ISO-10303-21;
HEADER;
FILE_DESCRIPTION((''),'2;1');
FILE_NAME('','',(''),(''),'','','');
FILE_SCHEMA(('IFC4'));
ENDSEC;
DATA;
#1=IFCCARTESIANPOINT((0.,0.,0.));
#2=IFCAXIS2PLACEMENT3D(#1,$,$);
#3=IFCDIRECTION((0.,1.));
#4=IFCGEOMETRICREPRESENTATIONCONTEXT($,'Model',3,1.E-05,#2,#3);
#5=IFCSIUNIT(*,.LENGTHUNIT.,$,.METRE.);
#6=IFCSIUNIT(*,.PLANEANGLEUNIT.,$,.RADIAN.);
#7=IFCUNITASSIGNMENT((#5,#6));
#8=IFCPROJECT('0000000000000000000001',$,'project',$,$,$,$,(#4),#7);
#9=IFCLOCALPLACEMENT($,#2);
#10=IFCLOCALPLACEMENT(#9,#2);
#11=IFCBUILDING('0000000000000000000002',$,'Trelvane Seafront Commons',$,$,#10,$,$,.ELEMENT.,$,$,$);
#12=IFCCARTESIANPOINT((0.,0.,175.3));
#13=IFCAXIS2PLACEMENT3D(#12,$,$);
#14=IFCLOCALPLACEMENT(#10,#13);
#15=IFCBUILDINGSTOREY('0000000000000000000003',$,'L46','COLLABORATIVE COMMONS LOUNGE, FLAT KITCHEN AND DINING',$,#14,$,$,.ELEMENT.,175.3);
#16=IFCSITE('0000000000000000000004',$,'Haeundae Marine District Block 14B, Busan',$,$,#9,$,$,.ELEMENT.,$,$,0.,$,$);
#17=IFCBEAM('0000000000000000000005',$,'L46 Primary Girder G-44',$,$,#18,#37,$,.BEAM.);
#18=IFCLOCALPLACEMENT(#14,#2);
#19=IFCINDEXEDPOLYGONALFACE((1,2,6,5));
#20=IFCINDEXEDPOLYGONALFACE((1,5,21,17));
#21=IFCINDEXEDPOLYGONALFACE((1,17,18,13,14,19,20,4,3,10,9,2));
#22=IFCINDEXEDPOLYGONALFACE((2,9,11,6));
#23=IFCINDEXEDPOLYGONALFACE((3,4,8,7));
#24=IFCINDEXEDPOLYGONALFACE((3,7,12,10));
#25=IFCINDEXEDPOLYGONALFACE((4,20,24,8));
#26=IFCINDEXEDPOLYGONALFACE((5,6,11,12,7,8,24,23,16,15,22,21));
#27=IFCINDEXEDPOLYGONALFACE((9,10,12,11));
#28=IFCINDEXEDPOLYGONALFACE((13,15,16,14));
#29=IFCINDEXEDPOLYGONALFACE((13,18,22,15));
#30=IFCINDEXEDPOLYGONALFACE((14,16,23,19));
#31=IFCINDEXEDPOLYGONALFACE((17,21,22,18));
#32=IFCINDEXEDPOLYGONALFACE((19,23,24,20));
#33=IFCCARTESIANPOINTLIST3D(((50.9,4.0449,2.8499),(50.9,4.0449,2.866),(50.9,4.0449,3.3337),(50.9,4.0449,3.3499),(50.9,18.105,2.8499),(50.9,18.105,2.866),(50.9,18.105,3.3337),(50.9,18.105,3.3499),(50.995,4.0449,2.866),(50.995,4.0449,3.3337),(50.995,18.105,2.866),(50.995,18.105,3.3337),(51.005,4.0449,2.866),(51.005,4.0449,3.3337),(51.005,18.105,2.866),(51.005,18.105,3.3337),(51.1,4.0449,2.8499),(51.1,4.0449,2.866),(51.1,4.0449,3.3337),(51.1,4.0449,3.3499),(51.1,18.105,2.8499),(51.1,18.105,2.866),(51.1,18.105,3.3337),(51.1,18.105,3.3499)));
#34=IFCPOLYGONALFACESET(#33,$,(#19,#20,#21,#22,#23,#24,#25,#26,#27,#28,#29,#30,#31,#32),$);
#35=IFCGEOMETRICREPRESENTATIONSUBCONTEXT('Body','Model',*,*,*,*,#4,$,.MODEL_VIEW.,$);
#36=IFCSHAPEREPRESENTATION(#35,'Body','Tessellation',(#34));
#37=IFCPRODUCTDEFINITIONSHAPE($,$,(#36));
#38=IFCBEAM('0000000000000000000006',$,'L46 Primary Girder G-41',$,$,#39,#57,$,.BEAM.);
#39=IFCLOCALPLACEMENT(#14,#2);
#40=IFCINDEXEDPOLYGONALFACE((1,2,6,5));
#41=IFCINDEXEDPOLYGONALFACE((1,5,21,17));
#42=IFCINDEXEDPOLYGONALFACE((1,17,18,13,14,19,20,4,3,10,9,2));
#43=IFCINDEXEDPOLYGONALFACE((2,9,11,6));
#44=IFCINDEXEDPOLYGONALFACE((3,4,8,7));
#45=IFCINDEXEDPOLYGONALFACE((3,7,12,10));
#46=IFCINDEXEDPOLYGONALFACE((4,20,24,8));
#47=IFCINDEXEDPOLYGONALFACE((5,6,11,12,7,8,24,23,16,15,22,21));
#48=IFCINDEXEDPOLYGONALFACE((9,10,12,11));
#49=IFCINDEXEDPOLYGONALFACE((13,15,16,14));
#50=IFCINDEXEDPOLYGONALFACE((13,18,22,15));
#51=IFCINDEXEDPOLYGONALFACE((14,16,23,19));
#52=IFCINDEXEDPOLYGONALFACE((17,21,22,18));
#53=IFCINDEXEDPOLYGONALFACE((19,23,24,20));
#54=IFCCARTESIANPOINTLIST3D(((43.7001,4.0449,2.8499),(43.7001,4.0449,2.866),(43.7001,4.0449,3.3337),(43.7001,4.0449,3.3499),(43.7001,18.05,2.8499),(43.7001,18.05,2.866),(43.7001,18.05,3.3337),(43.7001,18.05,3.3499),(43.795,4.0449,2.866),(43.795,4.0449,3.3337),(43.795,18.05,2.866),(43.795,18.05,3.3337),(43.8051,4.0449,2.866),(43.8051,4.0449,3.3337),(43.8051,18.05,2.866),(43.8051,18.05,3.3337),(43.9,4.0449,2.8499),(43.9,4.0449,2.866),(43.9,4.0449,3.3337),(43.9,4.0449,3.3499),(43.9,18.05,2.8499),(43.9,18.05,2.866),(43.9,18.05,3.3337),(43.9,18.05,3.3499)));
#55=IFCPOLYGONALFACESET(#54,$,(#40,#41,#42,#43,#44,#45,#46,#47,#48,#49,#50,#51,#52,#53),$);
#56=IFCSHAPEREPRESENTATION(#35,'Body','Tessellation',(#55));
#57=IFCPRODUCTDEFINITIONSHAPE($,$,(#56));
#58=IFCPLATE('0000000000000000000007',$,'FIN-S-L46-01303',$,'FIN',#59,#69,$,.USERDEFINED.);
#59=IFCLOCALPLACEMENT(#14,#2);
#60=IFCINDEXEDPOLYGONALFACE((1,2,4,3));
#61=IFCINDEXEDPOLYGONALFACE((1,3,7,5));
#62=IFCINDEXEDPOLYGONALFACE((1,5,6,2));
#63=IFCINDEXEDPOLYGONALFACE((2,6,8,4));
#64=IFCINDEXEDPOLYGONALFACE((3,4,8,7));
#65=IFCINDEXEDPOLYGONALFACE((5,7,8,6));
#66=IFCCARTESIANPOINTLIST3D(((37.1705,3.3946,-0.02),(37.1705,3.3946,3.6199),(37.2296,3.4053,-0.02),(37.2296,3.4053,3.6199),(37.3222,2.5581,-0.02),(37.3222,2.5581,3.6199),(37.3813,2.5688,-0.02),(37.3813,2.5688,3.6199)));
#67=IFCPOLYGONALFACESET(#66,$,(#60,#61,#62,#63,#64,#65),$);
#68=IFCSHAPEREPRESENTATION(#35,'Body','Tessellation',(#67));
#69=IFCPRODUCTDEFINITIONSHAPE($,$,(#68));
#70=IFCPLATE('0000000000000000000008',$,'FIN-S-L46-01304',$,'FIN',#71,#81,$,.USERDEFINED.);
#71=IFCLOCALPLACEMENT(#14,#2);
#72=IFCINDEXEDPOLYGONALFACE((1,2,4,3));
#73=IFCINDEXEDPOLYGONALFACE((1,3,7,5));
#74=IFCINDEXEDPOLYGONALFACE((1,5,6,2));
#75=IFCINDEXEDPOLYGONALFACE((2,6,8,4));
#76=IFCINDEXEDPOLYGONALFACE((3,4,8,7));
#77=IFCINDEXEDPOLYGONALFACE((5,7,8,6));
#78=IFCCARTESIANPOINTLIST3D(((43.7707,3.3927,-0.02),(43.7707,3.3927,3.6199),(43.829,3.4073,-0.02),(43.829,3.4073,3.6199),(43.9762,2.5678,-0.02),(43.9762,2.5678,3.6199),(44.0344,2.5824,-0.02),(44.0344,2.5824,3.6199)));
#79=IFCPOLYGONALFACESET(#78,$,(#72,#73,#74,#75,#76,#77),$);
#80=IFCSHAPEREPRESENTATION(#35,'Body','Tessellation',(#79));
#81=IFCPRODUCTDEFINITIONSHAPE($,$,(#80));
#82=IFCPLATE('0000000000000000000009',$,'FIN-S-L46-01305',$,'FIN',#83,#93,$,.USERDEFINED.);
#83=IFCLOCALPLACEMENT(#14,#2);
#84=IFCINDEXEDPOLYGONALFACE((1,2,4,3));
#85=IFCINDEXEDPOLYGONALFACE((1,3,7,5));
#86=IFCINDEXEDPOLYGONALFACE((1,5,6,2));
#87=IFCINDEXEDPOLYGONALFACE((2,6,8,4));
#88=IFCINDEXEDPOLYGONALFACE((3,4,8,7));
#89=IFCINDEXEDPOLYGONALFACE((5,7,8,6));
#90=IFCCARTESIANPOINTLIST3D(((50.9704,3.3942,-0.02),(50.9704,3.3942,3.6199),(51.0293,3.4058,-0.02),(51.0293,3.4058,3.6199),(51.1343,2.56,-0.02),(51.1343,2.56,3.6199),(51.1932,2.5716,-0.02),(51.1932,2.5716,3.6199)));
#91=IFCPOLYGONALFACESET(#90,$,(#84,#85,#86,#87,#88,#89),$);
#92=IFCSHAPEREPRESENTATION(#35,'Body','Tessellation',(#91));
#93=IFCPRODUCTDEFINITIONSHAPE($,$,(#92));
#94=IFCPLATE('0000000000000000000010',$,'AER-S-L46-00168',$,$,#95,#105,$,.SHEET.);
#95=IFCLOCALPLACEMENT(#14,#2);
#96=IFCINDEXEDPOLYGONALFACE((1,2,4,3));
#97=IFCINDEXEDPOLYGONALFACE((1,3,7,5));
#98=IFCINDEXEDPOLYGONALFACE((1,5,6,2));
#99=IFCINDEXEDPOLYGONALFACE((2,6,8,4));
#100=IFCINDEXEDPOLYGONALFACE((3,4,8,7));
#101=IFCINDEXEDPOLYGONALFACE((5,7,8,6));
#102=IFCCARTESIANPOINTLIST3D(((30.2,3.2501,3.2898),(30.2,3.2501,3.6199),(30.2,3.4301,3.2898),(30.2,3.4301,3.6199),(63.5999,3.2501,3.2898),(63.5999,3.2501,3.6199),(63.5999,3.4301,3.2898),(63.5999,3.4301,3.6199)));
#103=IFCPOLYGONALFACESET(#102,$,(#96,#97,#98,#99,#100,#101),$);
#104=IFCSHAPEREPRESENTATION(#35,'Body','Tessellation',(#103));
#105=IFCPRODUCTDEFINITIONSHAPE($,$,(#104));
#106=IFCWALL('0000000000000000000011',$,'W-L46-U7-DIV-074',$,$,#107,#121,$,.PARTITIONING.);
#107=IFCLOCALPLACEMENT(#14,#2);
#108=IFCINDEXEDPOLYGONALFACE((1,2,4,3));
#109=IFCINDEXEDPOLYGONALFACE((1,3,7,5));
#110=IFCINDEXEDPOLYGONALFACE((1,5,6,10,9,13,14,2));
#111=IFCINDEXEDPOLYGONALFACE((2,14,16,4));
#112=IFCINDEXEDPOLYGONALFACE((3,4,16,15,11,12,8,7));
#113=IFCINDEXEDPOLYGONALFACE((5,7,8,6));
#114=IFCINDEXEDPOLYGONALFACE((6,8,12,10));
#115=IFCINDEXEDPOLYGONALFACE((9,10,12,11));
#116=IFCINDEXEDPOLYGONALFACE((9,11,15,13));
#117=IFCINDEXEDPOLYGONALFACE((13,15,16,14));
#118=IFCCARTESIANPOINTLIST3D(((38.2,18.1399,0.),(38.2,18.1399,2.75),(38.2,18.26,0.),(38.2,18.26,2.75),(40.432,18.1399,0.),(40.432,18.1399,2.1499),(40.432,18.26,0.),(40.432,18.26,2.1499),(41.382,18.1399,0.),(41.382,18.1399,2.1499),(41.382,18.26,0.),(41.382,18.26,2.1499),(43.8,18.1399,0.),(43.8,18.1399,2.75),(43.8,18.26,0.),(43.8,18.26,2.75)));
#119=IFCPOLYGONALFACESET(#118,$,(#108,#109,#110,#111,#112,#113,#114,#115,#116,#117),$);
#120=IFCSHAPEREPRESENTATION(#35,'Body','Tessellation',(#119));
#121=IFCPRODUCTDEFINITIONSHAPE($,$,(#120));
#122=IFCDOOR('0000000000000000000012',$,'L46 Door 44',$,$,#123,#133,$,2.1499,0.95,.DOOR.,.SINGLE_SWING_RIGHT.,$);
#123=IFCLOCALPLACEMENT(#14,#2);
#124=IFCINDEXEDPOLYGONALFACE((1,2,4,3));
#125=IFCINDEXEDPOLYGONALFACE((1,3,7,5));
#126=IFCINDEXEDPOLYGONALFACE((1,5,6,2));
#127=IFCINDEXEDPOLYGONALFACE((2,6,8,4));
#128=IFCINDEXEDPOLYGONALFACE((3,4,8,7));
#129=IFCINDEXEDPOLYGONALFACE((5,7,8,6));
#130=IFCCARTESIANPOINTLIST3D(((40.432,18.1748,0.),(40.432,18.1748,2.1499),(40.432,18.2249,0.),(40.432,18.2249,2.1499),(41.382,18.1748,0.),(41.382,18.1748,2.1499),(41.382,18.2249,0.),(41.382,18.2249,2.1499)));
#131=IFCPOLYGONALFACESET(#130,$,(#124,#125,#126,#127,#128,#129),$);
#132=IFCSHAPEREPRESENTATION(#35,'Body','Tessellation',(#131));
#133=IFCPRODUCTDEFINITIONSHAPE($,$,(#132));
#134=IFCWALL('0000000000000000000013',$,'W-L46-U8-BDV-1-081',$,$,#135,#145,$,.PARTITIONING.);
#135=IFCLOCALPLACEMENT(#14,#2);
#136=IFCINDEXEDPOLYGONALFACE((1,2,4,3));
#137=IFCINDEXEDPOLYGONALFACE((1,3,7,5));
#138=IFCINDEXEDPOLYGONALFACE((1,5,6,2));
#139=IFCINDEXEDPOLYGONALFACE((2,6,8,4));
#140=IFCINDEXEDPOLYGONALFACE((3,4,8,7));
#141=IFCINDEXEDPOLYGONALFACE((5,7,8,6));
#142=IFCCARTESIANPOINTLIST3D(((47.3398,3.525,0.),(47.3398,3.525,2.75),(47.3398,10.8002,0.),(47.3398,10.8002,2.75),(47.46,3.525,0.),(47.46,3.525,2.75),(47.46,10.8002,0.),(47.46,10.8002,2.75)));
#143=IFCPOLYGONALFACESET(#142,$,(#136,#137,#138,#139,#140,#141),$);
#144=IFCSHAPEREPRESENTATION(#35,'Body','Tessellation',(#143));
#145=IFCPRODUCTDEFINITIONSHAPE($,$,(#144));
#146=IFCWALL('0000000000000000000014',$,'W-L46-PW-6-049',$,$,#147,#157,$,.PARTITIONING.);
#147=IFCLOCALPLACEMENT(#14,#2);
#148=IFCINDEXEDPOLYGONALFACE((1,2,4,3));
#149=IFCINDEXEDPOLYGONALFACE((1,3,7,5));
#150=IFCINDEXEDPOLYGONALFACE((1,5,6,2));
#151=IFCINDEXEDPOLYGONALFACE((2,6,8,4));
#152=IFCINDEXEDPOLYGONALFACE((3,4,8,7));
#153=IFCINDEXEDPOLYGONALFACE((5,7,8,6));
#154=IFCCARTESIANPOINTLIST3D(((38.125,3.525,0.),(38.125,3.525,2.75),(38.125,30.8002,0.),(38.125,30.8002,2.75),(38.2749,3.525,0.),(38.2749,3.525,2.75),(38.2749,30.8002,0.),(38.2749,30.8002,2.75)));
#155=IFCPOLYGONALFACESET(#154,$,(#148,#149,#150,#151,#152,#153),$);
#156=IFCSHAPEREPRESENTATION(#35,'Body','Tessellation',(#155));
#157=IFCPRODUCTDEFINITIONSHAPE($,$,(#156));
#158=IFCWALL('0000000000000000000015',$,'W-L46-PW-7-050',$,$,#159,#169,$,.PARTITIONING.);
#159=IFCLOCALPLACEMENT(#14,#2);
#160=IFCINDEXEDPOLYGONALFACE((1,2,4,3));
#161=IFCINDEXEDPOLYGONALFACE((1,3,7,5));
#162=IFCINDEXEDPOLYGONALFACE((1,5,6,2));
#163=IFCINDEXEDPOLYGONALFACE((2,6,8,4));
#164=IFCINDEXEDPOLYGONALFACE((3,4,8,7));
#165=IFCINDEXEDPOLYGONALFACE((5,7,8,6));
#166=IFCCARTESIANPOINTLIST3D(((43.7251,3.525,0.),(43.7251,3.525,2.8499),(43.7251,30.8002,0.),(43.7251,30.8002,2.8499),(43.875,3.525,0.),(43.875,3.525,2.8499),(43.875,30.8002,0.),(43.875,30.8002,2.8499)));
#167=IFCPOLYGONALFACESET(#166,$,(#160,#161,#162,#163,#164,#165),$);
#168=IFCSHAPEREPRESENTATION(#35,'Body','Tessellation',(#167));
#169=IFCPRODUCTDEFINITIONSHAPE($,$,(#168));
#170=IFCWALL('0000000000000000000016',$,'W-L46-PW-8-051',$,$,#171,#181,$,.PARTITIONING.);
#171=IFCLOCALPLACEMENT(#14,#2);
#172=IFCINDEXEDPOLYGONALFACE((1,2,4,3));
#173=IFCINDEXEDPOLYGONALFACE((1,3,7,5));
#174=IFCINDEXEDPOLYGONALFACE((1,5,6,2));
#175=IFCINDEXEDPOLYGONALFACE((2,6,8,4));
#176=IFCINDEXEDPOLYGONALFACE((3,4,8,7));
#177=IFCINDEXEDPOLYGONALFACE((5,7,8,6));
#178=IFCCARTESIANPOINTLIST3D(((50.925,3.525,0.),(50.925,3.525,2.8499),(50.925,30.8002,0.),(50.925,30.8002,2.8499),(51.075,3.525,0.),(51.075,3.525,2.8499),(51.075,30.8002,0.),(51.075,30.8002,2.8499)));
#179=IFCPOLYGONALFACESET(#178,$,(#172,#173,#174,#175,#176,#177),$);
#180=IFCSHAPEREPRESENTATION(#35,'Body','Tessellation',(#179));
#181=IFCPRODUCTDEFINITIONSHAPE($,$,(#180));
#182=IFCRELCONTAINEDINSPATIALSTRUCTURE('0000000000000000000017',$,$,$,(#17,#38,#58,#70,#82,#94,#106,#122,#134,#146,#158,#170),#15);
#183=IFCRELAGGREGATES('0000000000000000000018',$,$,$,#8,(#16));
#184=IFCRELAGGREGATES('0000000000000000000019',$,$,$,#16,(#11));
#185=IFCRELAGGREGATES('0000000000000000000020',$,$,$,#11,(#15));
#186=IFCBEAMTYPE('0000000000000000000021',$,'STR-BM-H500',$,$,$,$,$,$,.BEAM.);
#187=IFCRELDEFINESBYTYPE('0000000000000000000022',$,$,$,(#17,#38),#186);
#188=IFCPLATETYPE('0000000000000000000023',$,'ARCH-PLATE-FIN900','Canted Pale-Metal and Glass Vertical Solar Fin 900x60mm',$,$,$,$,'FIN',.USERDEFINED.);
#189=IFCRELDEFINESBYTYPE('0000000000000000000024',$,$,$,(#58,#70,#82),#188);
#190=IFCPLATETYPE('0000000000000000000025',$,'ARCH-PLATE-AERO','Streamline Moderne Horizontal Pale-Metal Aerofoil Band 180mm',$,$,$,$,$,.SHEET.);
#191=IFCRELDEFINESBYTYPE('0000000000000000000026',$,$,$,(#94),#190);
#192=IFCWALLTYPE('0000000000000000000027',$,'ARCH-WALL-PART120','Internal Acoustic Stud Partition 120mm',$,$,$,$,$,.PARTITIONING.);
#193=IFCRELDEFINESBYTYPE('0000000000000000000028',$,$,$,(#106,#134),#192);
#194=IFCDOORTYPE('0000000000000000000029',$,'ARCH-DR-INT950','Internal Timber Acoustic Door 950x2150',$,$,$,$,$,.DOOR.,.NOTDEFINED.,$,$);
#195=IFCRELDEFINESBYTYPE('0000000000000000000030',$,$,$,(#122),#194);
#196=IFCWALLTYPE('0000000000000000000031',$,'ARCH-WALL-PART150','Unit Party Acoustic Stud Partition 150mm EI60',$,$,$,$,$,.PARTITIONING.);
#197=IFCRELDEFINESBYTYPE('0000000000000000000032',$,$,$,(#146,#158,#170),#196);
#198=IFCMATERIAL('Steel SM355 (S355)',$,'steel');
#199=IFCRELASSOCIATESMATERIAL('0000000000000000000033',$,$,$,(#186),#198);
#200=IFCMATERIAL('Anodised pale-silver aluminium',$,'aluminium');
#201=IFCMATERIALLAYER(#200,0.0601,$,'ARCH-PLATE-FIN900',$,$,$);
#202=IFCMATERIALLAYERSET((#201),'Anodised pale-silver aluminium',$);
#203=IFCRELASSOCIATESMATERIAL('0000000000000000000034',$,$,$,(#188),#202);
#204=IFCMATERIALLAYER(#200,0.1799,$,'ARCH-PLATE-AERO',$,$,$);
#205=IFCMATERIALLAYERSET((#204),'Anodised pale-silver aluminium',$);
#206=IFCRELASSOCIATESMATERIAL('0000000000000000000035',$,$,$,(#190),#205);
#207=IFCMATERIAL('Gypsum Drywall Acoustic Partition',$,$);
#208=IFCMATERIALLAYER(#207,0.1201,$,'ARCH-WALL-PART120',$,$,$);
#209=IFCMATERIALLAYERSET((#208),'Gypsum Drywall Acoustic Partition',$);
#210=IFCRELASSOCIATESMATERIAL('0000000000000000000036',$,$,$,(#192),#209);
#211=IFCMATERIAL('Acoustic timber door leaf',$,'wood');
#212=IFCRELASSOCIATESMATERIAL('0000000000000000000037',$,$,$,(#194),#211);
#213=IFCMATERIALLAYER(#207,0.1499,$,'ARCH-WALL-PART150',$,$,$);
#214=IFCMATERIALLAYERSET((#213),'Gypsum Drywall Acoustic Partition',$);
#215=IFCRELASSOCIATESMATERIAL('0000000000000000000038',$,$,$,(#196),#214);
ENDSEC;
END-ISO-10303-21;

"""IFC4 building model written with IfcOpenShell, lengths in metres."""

from ifc_helpers import new_model, si_unit, direction, frame, frame_2d, origin, origin_2d, place, context, subcontext, project, spatial, rectangle, i_section, extrude, source, transform, mapped, material, layer, layer_set, material_profile, profile_set, type_object, element, fill, save


model = new_model("IFC4")

# Units and contexts
model_context = context("Model", 3, precision=1e-05, world=origin(), true_north=direction((0.0, 1.0)))
body_context = subcontext(model_context, "Body", "Model", "MODEL_VIEW")
ifc_project = project(units=[si_unit("LENGTHUNIT", "METRE"), si_unit("PLANEANGLEUNIT", "RADIAN")], contexts=[model_context])

# Site, building, storey
site_placement = place(None, origin())
site = spatial("IfcSite", under=ifc_project, at=site_placement, Name="Haeundae Marine District Block 14B, Busan", CompositionType="ELEMENT", RefElevation=0.0)
building_placement = place(site_placement, origin())
building = spatial("IfcBuilding", under=site, at=building_placement, Name="Trelvane Seafront Commons", CompositionType="ELEMENT")
storey_placement = place(building_placement, frame((0.0, 0.0, 175.3)))
storey = spatial("IfcBuildingStorey", under=building, at=storey_placement, Name="L46", Description="COLLABORATIVE COMMONS LOUNGE, FLAT KITCHEN AND DINING", CompositionType="ELEMENT", Elevation=175.3)

# Shared definitions
ifc_material_1 = material(Name="Steel SM355 (S355)", Category="steel")

# Beams
ifc_material_profile_1 = material_profile(ifc_material_1, i_section(OverallWidth=0.2, OverallDepth=0.5, WebThickness=0.01, FlangeThickness=0.0161, at=origin_2d()), Name="H-500x200x10x16")
ifc_profile_set_1 = profile_set([ifc_material_profile_1], Name="Steel SM355 (S355)")
beam_type_1 = type_object("IfcBeamType", Name="STR-BM-H500", PredefinedType="BEAM", material=ifc_profile_set_1)
shared_shape_1 = source(origin(), body_context, "Body", "SweptSolid", [
    extrude(i_section(OverallWidth=0.2, OverallDepth=0.5, WebThickness=0.01, FlangeThickness=0.0161, at=origin_2d()), origin(), (0.0, 0.0, 1.0), 14.0601),
])
beam_1_placement = place(storey_placement, frame((51.0, 4.0449, 3.0999), z_axis=(0.0, 1.0, 0.0), x_axis=(-1.0, 0.0, 0.0)))
element("IfcBeam", 1, at=beam_1_placement, inside=storey, type_object=beam_type_1, Name="L46 Primary Girder G-44", PredefinedType="BEAM", context=body_context, shape_type="MappedRepresentation", body=[
    mapped(shared_shape_1, transform((0.0, 0.0, 0.0), x_axis=(1.0, 0.0, 0.0), y_axis=(0.0, 1.0, 0.0), z_axis=(0.0, 0.0, 1.0), scale=1.0)),
])
shared_shape_2 = source(origin(), body_context, "Body", "SweptSolid", [
    extrude(i_section(OverallWidth=0.2, OverallDepth=0.5, WebThickness=0.01, FlangeThickness=0.0161, at=origin_2d()), origin(), (0.0, 0.0, 1.0), 14.0051),
])
beam_2_placement = place(storey_placement, frame((43.8, 4.0449, 3.0999), z_axis=(0.0, 1.0, 0.0), x_axis=(-1.0, 0.0, 0.0)))
element("IfcBeam", 2, at=beam_2_placement, inside=storey, type_object=beam_type_1, Name="L46 Primary Girder G-41", PredefinedType="BEAM", context=body_context, shape_type="MappedRepresentation", body=[
    mapped(shared_shape_2, transform((0.0, 0.0, 0.0), x_axis=(1.0, 0.0, 0.0), y_axis=(0.0, 1.0, 0.0), z_axis=(0.0, 0.0, 1.0), scale=1.0)),
])

# Plates
ifc_material_2 = material(Name="Anodised pale-silver aluminium", Category="aluminium")
ifc_layer_1 = layer(ifc_material_2, 0.0601, Name="ARCH-PLATE-FIN900")
ifc_layer_set_1 = layer_set([ifc_layer_1], Name="Anodised pale-silver aluminium")
plate_type_1 = type_object("IfcPlateType", Name="ARCH-PLATE-FIN900", Description="Canted Pale-Metal and Glass Vertical Solar Fin 900x60mm", ElementType="FIN", PredefinedType="USERDEFINED", material=ifc_layer_set_1)
shared_shape_3 = source(origin(), body_context, "Body", "SweptSolid", [
    extrude(rectangle(XDim=0.8501, YDim=0.0601, at=origin_2d()), origin(), (0.0, 0.0, 1.0), 3.6399),
])
for number, where, z_axis, x_axis, name in (
    (3, (37.2759, 2.9817, -0.02), (0.0, 0.0, 1.0), (0.17846, -0.983947, 0.0), "FIN-S-L46-01303"),
    (4, (43.9026, 2.9875, -0.02), (0.0, 0.0, 1.0), (0.241649, -0.970364, 0.0), "FIN-S-L46-01304"),
    (5, (51.0818, 2.9829, -0.02), (0.0, 0.0, 1.0), (0.192811, -0.981236, 0.0), "FIN-S-L46-01305"),
):
    element("IfcPlate", number, at=place(storey_placement, frame(where, z_axis=z_axis, x_axis=x_axis)), inside=storey, type_object=plate_type_1, Name=name, ObjectType="FIN", PredefinedType="USERDEFINED", context=body_context, shape_type="MappedRepresentation", body=[
        mapped(shared_shape_3, transform((0.0, 0.0, 0.0), x_axis=(1.0, 0.0, 0.0), y_axis=(0.0, 1.0, 0.0), z_axis=(0.0, 0.0, 1.0), scale=1.0)),
    ])
ifc_layer_2 = layer(ifc_material_2, 0.1799, Name="ARCH-PLATE-AERO")
ifc_layer_set_2 = layer_set([ifc_layer_2], Name="Anodised pale-silver aluminium")
plate_type_2 = type_object("IfcPlateType", Name="ARCH-PLATE-AERO", Description="Streamline Moderne Horizontal Pale-Metal Aerofoil Band 180mm", PredefinedType="SHEET", material=ifc_layer_set_2)
shared_shape_4 = source(origin(), body_context, "Body", "SweptSolid", [
    extrude(rectangle(XDim=33.3999, YDim=0.1799, at=origin_2d()), origin(), (0.0, 0.0, 1.0), 0.3301),
])
plate_placement = place(storey_placement, frame((46.8999, 3.3401, 3.2898), z_axis=(0.0, 0.0, 1.0), x_axis=(-1.0, 0.0, 0.0)))
element("IfcPlate", 6, at=plate_placement, inside=storey, type_object=plate_type_2, Name="AER-S-L46-00168", PredefinedType="SHEET", context=body_context, shape_type="MappedRepresentation", body=[
    mapped(shared_shape_4, transform((0.0, 0.0, 0.0), x_axis=(1.0, 0.0, 0.0), y_axis=(0.0, 1.0, 0.0), z_axis=(0.0, 0.0, 1.0), scale=1.0)),
])

# Wall, opening, door
ifc_material_3 = material(Name="Gypsum Drywall Acoustic Partition")
ifc_layer_3 = layer(ifc_material_3, 0.1201, Name="ARCH-WALL-PART120")
ifc_layer_set_3 = layer_set([ifc_layer_3], Name="Gypsum Drywall Acoustic Partition")
wall_type_1 = type_object("IfcWallType", Name="ARCH-WALL-PART120", Description="Internal Acoustic Stud Partition 120mm", PredefinedType="PARTITIONING", material=ifc_layer_set_3)
wall_1_placement = place(storey_placement, frame((38.2, 18.2, 0.0), z_axis=(0.0, 0.0, 1.0), x_axis=(1.0, 0.0, 0.0)))
wall_1 = element("IfcWall", 7, at=wall_1_placement, inside=storey, type_object=wall_type_1, Name="W-L46-U7-DIV-074", PredefinedType="PARTITIONING", context=body_context, shape_type="SweptSolid", body=[
    extrude(rectangle(XDim=5.6001, YDim=0.1201, at=frame_2d((2.8, 0.0))), origin(), (0.0, 0.0, 1.0), 2.75),
])
opening_1_placement = place(wall_1_placement, frame((2.2319, 0.0, 0.0)))
opening_1 = element("IfcOpeningElement", 8, at=opening_1_placement, cuts=wall_1, PredefinedType="OPENING", context=body_context, shape_type="SweptSolid", body=[
    extrude(rectangle(XDim=0.95, YDim=2.1499, at=frame_2d((0.4751, 1.075))), frame((0.0, 0.0701, 0.0), z_axis=(0.0, -1.0, 0.0), x_axis=(1.0, 0.0, 0.0)), (0.0, 0.0, 1.0), 0.1401),
])
ifc_material_4 = material(Name="Acoustic timber door leaf", Category="wood")
door_type = type_object("IfcDoorType", Name="ARCH-DR-INT950", Description="Internal Timber Acoustic Door 950x2150", OperationType="NOTDEFINED", PredefinedType="DOOR", material=ifc_material_4)
shared_shape_5 = source(origin(), body_context, "Body", "SweptSolid", [
    extrude(rectangle(XDim=0.95, YDim=2.1499, at=frame_2d((0.4751, 1.075))), frame((0.0, 0.0249, 0.0), z_axis=(0.0, -1.0, 0.0), x_axis=(1.0, 0.0, 0.0)), (0.0, 0.0, 1.0), 0.05),
])
door_1_placement = place(opening_1_placement, origin())
door_1 = element("IfcDoor", 9, at=door_1_placement, inside=storey, type_object=door_type, Name="L46 Door 44", OperationType="SINGLE_SWING_RIGHT", OverallHeight=2.1499, OverallWidth=0.95, PredefinedType="DOOR", context=body_context, shape_type="MappedRepresentation", body=[
    mapped(shared_shape_5, transform((0.0, 0.0, 0.0), x_axis=(1.0, 0.0, 0.0), y_axis=(0.0, 1.0, 0.0), z_axis=(0.0, 0.0, 1.0), scale=1.0)),
])
fill(opening_1, door_1)

# Wall
wall_2_placement = place(storey_placement, frame((47.3999, 3.5249, 0.0), z_axis=(0.0, 0.0, 1.0), x_axis=(0.0, 1.0, 0.0)))
element("IfcWall", 10, at=wall_2_placement, inside=storey, type_object=wall_type_1, Name="W-L46-U8-BDV-1-081", PredefinedType="PARTITIONING", context=body_context, shape_type="SweptSolid", body=[
    extrude(rectangle(XDim=7.2751, YDim=0.1201, at=frame_2d((3.6377, 0.0))), origin(), (0.0, 0.0, 1.0), 2.75),
])

# Walls
ifc_layer_4 = layer(ifc_material_3, 0.1499, Name="ARCH-WALL-PART150")
ifc_layer_set_4 = layer_set([ifc_layer_4], Name="Gypsum Drywall Acoustic Partition")
wall_type_2 = type_object("IfcWallType", Name="ARCH-WALL-PART150", Description="Unit Party Acoustic Stud Partition 150mm EI60", PredefinedType="PARTITIONING", material=ifc_layer_set_4)
wall_3_placement = place(storey_placement, frame((38.2, 3.5249, 0.0), z_axis=(0.0, 0.0, 1.0), x_axis=(0.0, 1.0, 0.0)))
element("IfcWall", 11, at=wall_3_placement, inside=storey, type_object=wall_type_2, Name="W-L46-PW-6-049", PredefinedType="PARTITIONING", context=body_context, shape_type="SweptSolid", body=[
    extrude(rectangle(XDim=27.2751, YDim=0.1499, at=frame_2d((13.6377, 0.0))), origin(), (0.0, 0.0, 1.0), 2.75),
])
for number, where, z_axis, x_axis, name in (
    (12, (43.8, 3.5249, 0.0), (0.0, 0.0, 1.0), (0.0, 1.0, 0.0), "W-L46-PW-7-050"),
    (13, (51.0, 3.5249, 0.0), (0.0, 0.0, 1.0), (0.0, 1.0, 0.0), "W-L46-PW-8-051"),
):
    element("IfcWall", number, at=place(storey_placement, frame(where, z_axis=z_axis, x_axis=x_axis)), inside=storey, type_object=wall_type_2, Name=name, PredefinedType="PARTITIONING", context=body_context, shape_type="SweptSolid", body=[
        extrude(rectangle(XDim=27.2751, YDim=0.1499, at=frame_2d((13.6377, 0.0))), origin(), (0.0, 0.0, 1.0), 2.8499),
    ])

save(model, "model.ifc")
